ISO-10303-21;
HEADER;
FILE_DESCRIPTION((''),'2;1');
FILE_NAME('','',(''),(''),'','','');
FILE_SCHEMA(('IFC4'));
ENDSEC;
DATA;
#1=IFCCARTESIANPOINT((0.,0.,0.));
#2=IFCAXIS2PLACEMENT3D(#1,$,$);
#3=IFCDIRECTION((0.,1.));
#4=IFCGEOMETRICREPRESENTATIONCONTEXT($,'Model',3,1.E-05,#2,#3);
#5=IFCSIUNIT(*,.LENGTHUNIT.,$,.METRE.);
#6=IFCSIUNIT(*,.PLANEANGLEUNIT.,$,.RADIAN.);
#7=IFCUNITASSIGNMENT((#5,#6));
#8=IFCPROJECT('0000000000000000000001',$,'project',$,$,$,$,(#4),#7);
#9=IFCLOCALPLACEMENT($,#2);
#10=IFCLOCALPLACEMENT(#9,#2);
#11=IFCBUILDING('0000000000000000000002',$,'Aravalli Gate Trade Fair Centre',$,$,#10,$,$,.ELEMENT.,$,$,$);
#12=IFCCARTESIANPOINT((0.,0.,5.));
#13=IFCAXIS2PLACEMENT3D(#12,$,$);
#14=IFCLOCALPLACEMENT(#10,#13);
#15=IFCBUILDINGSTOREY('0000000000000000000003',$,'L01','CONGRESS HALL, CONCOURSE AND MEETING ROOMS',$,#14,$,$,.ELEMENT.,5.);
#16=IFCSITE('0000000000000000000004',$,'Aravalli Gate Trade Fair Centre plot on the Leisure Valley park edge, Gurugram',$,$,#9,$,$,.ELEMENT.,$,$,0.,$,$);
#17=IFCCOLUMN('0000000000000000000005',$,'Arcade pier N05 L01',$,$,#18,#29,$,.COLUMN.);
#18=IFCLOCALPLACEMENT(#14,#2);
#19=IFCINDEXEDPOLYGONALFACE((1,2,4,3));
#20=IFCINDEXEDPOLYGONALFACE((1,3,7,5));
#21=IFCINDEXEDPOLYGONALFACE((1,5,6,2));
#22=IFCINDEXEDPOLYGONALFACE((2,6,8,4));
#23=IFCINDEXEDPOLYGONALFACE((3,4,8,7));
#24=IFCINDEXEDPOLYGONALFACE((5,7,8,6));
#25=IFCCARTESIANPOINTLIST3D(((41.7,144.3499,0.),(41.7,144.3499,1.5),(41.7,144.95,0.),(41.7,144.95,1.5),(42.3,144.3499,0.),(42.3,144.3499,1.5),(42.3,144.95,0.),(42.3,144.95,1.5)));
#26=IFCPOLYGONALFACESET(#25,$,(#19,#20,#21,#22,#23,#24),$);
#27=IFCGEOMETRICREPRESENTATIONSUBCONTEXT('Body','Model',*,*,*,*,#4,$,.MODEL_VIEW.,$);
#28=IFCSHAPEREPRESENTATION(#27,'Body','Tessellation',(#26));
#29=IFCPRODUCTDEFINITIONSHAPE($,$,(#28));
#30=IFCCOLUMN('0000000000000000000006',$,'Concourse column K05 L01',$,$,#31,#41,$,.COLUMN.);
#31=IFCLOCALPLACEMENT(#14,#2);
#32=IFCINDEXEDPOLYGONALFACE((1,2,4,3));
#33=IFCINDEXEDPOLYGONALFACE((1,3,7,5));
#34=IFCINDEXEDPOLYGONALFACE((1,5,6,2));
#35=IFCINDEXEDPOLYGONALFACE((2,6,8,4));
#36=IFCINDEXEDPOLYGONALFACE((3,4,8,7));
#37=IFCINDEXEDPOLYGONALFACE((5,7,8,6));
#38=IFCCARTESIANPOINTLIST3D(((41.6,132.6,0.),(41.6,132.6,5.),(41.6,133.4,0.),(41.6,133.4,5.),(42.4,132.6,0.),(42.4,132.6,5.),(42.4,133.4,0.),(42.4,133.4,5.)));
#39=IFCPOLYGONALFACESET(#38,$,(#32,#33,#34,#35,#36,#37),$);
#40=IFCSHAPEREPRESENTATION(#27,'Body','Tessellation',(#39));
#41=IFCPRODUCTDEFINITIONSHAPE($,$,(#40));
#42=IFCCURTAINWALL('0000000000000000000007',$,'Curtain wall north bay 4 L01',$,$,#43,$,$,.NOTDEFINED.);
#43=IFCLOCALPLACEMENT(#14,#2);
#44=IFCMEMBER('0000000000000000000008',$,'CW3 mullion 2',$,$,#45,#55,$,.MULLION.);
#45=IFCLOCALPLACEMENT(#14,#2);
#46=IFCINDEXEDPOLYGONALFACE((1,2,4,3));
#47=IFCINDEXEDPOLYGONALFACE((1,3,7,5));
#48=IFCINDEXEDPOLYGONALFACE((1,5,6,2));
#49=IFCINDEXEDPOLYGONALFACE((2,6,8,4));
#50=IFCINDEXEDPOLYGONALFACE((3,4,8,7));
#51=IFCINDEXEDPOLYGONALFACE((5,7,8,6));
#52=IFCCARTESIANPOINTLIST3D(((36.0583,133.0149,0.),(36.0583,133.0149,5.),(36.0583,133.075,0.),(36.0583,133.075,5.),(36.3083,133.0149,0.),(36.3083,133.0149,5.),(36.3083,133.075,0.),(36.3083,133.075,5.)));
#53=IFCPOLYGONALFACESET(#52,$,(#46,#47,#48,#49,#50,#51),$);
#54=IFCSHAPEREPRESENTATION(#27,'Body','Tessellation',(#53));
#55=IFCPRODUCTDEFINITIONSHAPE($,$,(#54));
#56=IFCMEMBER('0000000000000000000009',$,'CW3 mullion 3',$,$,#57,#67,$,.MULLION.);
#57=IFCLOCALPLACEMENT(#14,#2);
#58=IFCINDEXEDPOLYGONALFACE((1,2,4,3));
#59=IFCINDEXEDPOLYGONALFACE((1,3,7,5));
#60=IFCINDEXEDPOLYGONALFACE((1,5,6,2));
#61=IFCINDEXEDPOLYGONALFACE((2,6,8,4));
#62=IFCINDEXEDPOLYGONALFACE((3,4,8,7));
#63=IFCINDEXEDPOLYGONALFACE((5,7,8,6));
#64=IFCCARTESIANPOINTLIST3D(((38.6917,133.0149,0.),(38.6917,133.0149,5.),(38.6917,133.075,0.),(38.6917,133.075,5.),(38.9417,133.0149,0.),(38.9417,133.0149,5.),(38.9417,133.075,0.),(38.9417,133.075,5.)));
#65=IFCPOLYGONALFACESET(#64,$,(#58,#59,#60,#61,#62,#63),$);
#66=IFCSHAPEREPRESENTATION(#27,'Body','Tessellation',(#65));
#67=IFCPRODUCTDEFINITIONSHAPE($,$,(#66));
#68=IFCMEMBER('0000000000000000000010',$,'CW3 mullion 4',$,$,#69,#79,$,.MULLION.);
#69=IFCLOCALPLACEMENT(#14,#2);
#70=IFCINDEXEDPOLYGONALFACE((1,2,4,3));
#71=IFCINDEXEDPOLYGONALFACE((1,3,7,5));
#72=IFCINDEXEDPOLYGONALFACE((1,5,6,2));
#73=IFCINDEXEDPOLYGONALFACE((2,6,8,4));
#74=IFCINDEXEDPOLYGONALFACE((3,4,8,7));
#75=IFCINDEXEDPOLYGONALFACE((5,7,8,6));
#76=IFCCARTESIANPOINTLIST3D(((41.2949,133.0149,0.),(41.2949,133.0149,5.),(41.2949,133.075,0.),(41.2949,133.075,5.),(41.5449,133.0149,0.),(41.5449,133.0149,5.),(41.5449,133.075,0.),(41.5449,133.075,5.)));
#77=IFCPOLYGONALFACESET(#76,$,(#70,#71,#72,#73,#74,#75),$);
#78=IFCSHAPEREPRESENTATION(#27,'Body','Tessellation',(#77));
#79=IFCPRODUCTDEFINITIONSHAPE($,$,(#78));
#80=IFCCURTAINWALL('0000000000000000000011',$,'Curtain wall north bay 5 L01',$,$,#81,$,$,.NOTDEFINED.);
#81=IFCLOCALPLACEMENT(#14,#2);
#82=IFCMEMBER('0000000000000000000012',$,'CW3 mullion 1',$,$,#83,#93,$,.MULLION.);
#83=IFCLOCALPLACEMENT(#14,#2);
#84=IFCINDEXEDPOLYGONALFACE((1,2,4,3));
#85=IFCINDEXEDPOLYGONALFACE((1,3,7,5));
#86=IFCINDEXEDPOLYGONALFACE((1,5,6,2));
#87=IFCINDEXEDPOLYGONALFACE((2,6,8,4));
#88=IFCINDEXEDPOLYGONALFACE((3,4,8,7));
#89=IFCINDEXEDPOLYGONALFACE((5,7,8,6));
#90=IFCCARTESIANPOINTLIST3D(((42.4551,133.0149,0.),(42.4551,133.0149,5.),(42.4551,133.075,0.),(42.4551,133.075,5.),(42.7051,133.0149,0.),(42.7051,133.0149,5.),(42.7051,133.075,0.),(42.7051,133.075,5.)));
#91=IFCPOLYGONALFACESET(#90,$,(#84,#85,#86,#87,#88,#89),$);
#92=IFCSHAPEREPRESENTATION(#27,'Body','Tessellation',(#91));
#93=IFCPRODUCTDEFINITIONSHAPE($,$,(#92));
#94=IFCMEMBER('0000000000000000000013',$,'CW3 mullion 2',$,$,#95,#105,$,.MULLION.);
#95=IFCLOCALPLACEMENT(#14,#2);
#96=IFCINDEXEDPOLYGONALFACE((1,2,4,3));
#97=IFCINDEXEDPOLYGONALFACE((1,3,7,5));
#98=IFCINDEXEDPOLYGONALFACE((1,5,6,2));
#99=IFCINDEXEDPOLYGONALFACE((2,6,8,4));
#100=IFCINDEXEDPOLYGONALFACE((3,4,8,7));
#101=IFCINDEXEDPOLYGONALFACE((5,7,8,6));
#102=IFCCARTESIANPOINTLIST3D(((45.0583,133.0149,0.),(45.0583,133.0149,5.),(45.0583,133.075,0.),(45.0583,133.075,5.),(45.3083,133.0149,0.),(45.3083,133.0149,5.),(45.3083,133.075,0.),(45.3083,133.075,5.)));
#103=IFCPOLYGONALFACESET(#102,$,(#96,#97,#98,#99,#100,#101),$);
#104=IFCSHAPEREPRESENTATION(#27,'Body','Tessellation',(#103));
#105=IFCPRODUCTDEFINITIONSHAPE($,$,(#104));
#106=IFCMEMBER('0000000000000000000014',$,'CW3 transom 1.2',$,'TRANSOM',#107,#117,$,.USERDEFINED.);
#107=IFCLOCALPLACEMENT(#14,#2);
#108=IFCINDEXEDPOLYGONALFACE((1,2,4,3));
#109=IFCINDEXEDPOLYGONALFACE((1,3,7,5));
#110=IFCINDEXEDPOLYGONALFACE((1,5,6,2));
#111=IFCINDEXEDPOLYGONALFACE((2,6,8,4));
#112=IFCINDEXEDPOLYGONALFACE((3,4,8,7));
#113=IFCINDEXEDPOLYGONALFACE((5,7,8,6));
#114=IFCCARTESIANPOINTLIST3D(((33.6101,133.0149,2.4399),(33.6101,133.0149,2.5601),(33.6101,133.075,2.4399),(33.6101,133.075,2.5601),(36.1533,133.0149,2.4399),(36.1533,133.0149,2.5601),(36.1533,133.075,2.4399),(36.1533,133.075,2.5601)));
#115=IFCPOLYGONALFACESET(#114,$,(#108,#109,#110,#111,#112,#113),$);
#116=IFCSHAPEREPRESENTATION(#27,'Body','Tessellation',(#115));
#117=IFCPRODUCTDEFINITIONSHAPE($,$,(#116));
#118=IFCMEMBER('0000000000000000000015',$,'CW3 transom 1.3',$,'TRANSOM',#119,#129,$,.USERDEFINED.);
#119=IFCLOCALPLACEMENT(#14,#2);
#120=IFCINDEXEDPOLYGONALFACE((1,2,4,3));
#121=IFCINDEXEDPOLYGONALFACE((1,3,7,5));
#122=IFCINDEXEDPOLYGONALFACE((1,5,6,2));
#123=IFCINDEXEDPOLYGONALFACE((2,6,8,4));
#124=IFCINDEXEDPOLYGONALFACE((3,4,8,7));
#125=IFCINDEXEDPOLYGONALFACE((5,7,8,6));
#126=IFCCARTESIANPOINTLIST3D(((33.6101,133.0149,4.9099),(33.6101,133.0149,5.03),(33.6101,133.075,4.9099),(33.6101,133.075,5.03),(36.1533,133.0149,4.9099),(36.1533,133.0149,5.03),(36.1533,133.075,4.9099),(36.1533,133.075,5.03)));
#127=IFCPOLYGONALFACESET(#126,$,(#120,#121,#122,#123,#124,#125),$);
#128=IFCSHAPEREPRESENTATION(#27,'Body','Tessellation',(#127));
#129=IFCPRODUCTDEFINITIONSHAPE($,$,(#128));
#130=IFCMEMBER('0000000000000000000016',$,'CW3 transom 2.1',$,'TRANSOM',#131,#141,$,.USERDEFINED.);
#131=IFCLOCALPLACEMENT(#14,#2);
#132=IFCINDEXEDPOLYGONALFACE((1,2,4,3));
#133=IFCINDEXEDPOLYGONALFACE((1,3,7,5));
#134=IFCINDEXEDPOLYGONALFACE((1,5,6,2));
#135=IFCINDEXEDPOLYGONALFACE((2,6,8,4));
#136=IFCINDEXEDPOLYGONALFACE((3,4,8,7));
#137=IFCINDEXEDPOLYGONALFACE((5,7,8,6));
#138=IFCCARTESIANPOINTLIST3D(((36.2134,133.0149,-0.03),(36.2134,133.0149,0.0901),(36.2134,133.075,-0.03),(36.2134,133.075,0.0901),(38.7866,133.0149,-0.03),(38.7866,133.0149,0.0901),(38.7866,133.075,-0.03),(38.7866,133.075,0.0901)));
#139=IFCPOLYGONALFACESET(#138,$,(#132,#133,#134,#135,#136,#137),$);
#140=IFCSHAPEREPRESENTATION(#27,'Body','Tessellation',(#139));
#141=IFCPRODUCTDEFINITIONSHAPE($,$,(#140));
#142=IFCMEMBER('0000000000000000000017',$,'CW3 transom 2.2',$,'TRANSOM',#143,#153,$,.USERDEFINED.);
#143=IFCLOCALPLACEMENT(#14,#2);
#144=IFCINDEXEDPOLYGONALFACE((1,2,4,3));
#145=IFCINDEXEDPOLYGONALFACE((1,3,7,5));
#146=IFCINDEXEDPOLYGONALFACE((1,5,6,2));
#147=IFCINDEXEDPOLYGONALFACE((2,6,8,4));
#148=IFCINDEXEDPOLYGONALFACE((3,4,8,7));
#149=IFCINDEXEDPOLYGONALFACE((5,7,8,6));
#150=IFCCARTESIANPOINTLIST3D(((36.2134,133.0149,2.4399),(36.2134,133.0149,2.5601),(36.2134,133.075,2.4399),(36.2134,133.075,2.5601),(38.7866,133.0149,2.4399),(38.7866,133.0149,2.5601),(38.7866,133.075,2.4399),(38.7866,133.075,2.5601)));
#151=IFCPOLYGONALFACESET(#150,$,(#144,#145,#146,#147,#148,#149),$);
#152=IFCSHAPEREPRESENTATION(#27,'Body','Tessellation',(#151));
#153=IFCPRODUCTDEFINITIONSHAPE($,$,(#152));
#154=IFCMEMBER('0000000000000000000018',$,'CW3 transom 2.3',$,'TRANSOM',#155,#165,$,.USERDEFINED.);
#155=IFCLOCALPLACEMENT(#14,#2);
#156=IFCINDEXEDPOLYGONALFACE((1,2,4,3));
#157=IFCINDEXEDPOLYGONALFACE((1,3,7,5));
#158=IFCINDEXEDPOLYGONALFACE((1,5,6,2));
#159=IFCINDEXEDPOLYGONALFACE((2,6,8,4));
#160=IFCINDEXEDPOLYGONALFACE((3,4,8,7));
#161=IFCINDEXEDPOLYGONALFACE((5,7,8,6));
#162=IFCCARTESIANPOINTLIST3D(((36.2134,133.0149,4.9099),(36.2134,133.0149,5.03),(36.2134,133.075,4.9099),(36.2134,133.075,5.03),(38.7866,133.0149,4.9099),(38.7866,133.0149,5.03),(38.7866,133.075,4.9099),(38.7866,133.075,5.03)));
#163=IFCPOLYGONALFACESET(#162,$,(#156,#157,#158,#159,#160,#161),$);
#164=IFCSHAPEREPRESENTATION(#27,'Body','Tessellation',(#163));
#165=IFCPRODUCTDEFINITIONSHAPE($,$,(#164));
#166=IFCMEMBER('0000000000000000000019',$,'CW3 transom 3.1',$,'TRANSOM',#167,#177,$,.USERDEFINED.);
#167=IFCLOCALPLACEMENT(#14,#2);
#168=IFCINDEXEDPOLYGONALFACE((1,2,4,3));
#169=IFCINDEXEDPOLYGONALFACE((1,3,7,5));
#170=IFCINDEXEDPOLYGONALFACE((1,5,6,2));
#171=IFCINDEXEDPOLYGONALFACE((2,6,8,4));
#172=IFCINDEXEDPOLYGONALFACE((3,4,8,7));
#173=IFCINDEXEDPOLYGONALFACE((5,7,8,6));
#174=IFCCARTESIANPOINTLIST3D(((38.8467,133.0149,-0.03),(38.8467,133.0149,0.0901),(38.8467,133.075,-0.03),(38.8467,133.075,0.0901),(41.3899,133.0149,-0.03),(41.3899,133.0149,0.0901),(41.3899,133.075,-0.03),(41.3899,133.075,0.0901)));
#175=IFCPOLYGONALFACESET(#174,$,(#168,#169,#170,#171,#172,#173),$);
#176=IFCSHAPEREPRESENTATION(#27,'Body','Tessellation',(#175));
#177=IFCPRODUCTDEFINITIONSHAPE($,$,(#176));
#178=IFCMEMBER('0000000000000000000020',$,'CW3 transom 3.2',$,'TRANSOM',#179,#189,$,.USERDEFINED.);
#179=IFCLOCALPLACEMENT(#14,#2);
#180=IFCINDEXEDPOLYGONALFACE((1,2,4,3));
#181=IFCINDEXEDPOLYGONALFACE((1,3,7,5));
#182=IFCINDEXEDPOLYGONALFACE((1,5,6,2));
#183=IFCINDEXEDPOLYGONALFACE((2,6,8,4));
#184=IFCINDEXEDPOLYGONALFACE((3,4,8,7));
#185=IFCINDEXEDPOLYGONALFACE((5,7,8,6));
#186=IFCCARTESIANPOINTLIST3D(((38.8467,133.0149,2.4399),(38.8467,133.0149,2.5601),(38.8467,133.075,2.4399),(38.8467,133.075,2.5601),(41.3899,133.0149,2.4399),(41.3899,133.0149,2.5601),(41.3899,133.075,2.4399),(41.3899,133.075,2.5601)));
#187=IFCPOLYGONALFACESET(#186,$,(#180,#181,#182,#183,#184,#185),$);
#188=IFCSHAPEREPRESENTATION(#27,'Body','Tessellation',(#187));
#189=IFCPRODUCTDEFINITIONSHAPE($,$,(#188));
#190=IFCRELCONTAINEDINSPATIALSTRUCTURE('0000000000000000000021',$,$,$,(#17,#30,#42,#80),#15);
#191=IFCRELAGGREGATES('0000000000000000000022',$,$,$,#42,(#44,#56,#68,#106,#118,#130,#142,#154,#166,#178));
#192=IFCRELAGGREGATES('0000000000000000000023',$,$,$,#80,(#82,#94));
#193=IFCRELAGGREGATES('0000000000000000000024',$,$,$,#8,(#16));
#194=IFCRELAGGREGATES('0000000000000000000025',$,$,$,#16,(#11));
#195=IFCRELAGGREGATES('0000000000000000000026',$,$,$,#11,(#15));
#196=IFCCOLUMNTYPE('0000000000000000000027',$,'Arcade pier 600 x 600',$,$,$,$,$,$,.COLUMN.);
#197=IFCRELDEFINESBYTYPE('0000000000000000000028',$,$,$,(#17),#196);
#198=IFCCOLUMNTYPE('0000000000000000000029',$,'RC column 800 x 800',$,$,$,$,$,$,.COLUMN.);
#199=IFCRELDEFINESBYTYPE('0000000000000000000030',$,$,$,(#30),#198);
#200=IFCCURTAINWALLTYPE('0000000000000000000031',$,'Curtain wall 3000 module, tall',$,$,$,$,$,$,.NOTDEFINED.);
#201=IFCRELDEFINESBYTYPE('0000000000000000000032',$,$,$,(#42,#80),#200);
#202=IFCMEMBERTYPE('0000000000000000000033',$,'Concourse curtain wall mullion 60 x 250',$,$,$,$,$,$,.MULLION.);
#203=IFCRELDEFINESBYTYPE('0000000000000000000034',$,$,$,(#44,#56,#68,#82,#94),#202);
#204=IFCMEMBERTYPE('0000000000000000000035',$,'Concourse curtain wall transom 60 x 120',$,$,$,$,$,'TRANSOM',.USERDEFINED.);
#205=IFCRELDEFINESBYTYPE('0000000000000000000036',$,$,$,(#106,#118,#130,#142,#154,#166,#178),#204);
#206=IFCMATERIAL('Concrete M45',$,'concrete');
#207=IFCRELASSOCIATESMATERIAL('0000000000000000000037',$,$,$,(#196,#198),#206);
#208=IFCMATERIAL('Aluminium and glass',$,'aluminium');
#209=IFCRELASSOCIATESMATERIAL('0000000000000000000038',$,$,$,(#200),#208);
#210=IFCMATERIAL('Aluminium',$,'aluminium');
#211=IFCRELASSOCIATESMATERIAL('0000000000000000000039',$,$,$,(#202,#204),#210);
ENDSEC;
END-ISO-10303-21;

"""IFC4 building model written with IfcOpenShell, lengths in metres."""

from ifc_helpers import new_model, si_unit, direction, frame, origin, origin_2d, place, context, subcontext, project, spatial, rectangle, extrude, material, material_profile, profile_set, type_object, element, aggregate, save


model = new_model("IFC4")

# Units and contexts
model_context = context("Model", 3, precision=1e-05, world=origin(), true_north=direction((0.0, 1.0)))
body_context = subcontext(model_context, "Body", "Model", "MODEL_VIEW")
ifc_project = project(units=[si_unit("LENGTHUNIT", "METRE"), si_unit("PLANEANGLEUNIT", "RADIAN")], contexts=[model_context])

# Site, building, storey
site_placement = place(None, origin())
site = spatial("IfcSite", under=ifc_project, at=site_placement, Name="Aravalli Gate Trade Fair Centre plot on the Leisure Valley park edge, Gurugram", CompositionType="ELEMENT", RefElevation=0.0)
building_placement = place(site_placement, origin())
building = spatial("IfcBuilding", under=site, at=building_placement, Name="Aravalli Gate Trade Fair Centre", CompositionType="ELEMENT")
storey_placement = place(building_placement, frame((0.0, 0.0, 5.0)))
storey = spatial("IfcBuildingStorey", under=building, at=storey_placement, Name="L01", Description="CONGRESS HALL, CONCOURSE AND MEETING ROOMS", CompositionType="ELEMENT", Elevation=5.0)

# Columns
ifc_material_1 = material(Name="Concrete M45", Category="concrete")
ifc_material_profile_1 = material_profile(ifc_material_1, rectangle(XDim=0.6001, YDim=0.6001, at=origin_2d()), Name="Arcade pier 600 x 600")
ifc_profile_set_1 = profile_set([ifc_material_profile_1], Name="Concrete M45")
column_type_1 = type_object("IfcColumnType", Name="Arcade pier 600 x 600", PredefinedType="COLUMN", material=ifc_profile_set_1)
column_1_placement = place(storey_placement, frame((42.0, 144.6499, 0.0), z_axis=(0.0, 0.0, 1.0), x_axis=(1.0, 0.0, 0.0)))
element("IfcColumn", 1, at=column_1_placement, inside=storey, type_object=column_type_1, Name="Arcade pier N05 L01", PredefinedType="COLUMN", context=body_context, shape_type="SweptSolid", body=[
    extrude(rectangle(XDim=0.6001, YDim=0.6001, at=origin_2d()), origin(), (0.0, 0.0, 1.0), 1.5),
])
ifc_material_profile_2 = material_profile(ifc_material_1, rectangle(XDim=0.8, YDim=0.8, at=origin_2d()), Name="RC column 800 x 800")
ifc_profile_set_2 = profile_set([ifc_material_profile_2], Name="Concrete M45")
column_type_2 = type_object("IfcColumnType", Name="RC column 800 x 800", PredefinedType="COLUMN", material=ifc_profile_set_2)
column_2_placement = place(storey_placement, frame((42.0, 133.0, 0.0), z_axis=(0.0, 0.0, 1.0), x_axis=(1.0, 0.0, 0.0)))
element("IfcColumn", 2, at=column_2_placement, inside=storey, type_object=column_type_2, Name="Concourse column K05 L01", PredefinedType="COLUMN", context=body_context, shape_type="SweptSolid", body=[
    extrude(rectangle(XDim=0.8, YDim=0.8, at=origin_2d()), origin(), (0.0, 0.0, 1.0), 5.0),
])

# Curtain walls, members
ifc_material_2 = material(Name="Aluminium and glass", Category="aluminium")
curtain_wall_type = type_object("IfcCurtainWallType", Name="Curtain wall 3000 module, tall", PredefinedType="NOTDEFINED", material=ifc_material_2)
curtain_wall_1_placement = place(storey_placement, origin())
curtain_wall_1 = element("IfcCurtainWall", 3, at=curtain_wall_1_placement, inside=storey, type_object=curtain_wall_type, Name="Curtain wall north bay 4 L01", PredefinedType="NOTDEFINED")
ifc_material_3 = material(Name="Aluminium", Category="aluminium")
ifc_material_profile_3 = material_profile(ifc_material_3, rectangle(XDim=0.0601, YDim=0.25, at=origin_2d()), Name="Concourse curtain wall mullion 60 x 250")
ifc_profile_set_3 = profile_set([ifc_material_profile_3], Name="Aluminium")
member_type_1 = type_object("IfcMemberType", Name="Concourse curtain wall mullion 60 x 250", PredefinedType="MULLION", material=ifc_profile_set_3)
member_1_placement = place(storey_placement, frame((36.1833, 133.0449, 0.0), z_axis=(0.0, 0.0, 1.0), x_axis=(0.0, 1.0, 0.0)))
member_1 = element("IfcMember", 4, at=member_1_placement, type_object=member_type_1, Name="CW3 mullion 2", PredefinedType="MULLION", context=body_context, shape_type="SweptSolid", body=[
    extrude(rectangle(XDim=0.0601, YDim=0.25, at=origin_2d()), origin(), (0.0, 0.0, 1.0), 5.0),
])
member_2_placement = place(storey_placement, frame((38.8167, 133.0449, 0.0), z_axis=(0.0, 0.0, 1.0), x_axis=(0.0, 1.0, 0.0)))
member_2 = element("IfcMember", 5, at=member_2_placement, type_object=member_type_1, Name="CW3 mullion 3", PredefinedType="MULLION", context=body_context, shape_type="SweptSolid", body=[
    extrude(rectangle(XDim=0.0601, YDim=0.25, at=origin_2d()), origin(), (0.0, 0.0, 1.0), 5.0),
])
member_3_placement = place(storey_placement, frame((41.4199, 133.0449, 0.0), z_axis=(0.0, 0.0, 1.0), x_axis=(0.0, 1.0, 0.0)))
member_3 = element("IfcMember", 6, at=member_3_placement, type_object=member_type_1, Name="CW3 mullion 4", PredefinedType="MULLION", context=body_context, shape_type="SweptSolid", body=[
    extrude(rectangle(XDim=0.0601, YDim=0.25, at=origin_2d()), origin(), (0.0, 0.0, 1.0), 5.0),
])
curtain_wall_2_placement = place(storey_placement, origin())
curtain_wall_2 = element("IfcCurtainWall", 7, at=curtain_wall_2_placement, inside=storey, type_object=curtain_wall_type, Name="Curtain wall north bay 5 L01", PredefinedType="NOTDEFINED")
member_4_placement = place(storey_placement, frame((42.5801, 133.0449, 0.0), z_axis=(0.0, 0.0, 1.0), x_axis=(0.0, 1.0, 0.0)))
member_4 = element("IfcMember", 8, at=member_4_placement, type_object=member_type_1, Name="CW3 mullion 1", PredefinedType="MULLION", context=body_context, shape_type="SweptSolid", body=[
    extrude(rectangle(XDim=0.0601, YDim=0.25, at=origin_2d()), origin(), (0.0, 0.0, 1.0), 5.0),
])
member_5_placement = place(storey_placement, frame((45.1833, 133.0449, 0.0), z_axis=(0.0, 0.0, 1.0), x_axis=(0.0, 1.0, 0.0)))
member_5 = element("IfcMember", 9, at=member_5_placement, type_object=member_type_1, Name="CW3 mullion 2", PredefinedType="MULLION", context=body_context, shape_type="SweptSolid", body=[
    extrude(rectangle(XDim=0.0601, YDim=0.25, at=origin_2d()), origin(), (0.0, 0.0, 1.0), 5.0),
])

# Members
ifc_material_profile_4 = material_profile(ifc_material_3, rectangle(XDim=0.0601, YDim=0.1201, at=origin_2d()), Name="Concourse curtain wall transom 60 x 120")
ifc_profile_set_4 = profile_set([ifc_material_profile_4], Name="Aluminium")
member_type_2 = type_object("IfcMemberType", Name="Concourse curtain wall transom 60 x 120", ElementType="TRANSOM", PredefinedType="USERDEFINED", material=ifc_profile_set_4)
member_6_placement = place(storey_placement, frame((33.6101, 133.0449, 2.5), z_axis=(1.0, 0.0, 0.0), x_axis=(0.0, 1.0, 0.0)))
member_6 = element("IfcMember", 10, at=member_6_placement, type_object=member_type_2, Name="CW3 transom 1.2", ObjectType="TRANSOM", PredefinedType="USERDEFINED", context=body_context, shape_type="SweptSolid", body=[
    extrude(rectangle(XDim=0.0601, YDim=0.1201, at=origin_2d()), origin(), (0.0, 0.0, 1.0), 2.5432),
])
member_7_placement = place(storey_placement, frame((33.6101, 133.0449, 4.97), z_axis=(1.0, 0.0, 0.0), x_axis=(0.0, 1.0, 0.0)))
member_7 = element("IfcMember", 11, at=member_7_placement, type_object=member_type_2, Name="CW3 transom 1.3", ObjectType="TRANSOM", PredefinedType="USERDEFINED", context=body_context, shape_type="SweptSolid", body=[
    extrude(rectangle(XDim=0.0601, YDim=0.1201, at=origin_2d()), origin(), (0.0, 0.0, 1.0), 2.5432),
])
member_8_placement = place(storey_placement, frame((36.2134, 133.0449, 0.03), z_axis=(1.0, 0.0, 0.0), x_axis=(0.0, 1.0, 0.0)))
member_8 = element("IfcMember", 12, at=member_8_placement, type_object=member_type_2, Name="CW3 transom 2.1", ObjectType="TRANSOM", PredefinedType="USERDEFINED", context=body_context, shape_type="SweptSolid", body=[
    extrude(rectangle(XDim=0.0601, YDim=0.1201, at=origin_2d()), origin(), (0.0, 0.0, 1.0), 2.5732),
])
member_9_placement = place(storey_placement, frame((36.2134, 133.0449, 2.5), z_axis=(1.0, 0.0, 0.0), x_axis=(0.0, 1.0, 0.0)))
member_9 = element("IfcMember", 13, at=member_9_placement, type_object=member_type_2, Name="CW3 transom 2.2", ObjectType="TRANSOM", PredefinedType="USERDEFINED", context=body_context, shape_type="SweptSolid", body=[
    extrude(rectangle(XDim=0.0601, YDim=0.1201, at=origin_2d()), origin(), (0.0, 0.0, 1.0), 2.5732),
])
member_10_placement = place(storey_placement, frame((36.2134, 133.0449, 4.97), z_axis=(1.0, 0.0, 0.0), x_axis=(0.0, 1.0, 0.0)))
member_10 = element("IfcMember", 14, at=member_10_placement, type_object=member_type_2, Name="CW3 transom 2.3", ObjectType="TRANSOM", PredefinedType="USERDEFINED", context=body_context, shape_type="SweptSolid", body=[
    extrude(rectangle(XDim=0.0601, YDim=0.1201, at=origin_2d()), origin(), (0.0, 0.0, 1.0), 2.5732),
])
member_11_placement = place(storey_placement, frame((38.8467, 133.0449, 0.03), z_axis=(1.0, 0.0, 0.0), x_axis=(0.0, 1.0, 0.0)))
member_11 = element("IfcMember", 15, at=member_11_placement, type_object=member_type_2, Name="CW3 transom 3.1", ObjectType="TRANSOM", PredefinedType="USERDEFINED", context=body_context, shape_type="SweptSolid", body=[
    extrude(rectangle(XDim=0.0601, YDim=0.1201, at=origin_2d()), origin(), (0.0, 0.0, 1.0), 2.5432),
])
member_12_placement = place(storey_placement, frame((38.8467, 133.0449, 2.5), z_axis=(1.0, 0.0, 0.0), x_axis=(0.0, 1.0, 0.0)))
member_12 = element("IfcMember", 16, at=member_12_placement, type_object=member_type_2, Name="CW3 transom 3.2", ObjectType="TRANSOM", PredefinedType="USERDEFINED", context=body_context, shape_type="SweptSolid", body=[
    extrude(rectangle(XDim=0.0601, YDim=0.1201, at=origin_2d()), origin(), (0.0, 0.0, 1.0), 2.5432),
])

aggregate(curtain_wall_1, [member_1, member_2, member_3, member_6, member_7, member_8, member_9, member_10, member_11, member_12])
aggregate(curtain_wall_2, [member_4, member_5])

save(model, "model.ifc")
